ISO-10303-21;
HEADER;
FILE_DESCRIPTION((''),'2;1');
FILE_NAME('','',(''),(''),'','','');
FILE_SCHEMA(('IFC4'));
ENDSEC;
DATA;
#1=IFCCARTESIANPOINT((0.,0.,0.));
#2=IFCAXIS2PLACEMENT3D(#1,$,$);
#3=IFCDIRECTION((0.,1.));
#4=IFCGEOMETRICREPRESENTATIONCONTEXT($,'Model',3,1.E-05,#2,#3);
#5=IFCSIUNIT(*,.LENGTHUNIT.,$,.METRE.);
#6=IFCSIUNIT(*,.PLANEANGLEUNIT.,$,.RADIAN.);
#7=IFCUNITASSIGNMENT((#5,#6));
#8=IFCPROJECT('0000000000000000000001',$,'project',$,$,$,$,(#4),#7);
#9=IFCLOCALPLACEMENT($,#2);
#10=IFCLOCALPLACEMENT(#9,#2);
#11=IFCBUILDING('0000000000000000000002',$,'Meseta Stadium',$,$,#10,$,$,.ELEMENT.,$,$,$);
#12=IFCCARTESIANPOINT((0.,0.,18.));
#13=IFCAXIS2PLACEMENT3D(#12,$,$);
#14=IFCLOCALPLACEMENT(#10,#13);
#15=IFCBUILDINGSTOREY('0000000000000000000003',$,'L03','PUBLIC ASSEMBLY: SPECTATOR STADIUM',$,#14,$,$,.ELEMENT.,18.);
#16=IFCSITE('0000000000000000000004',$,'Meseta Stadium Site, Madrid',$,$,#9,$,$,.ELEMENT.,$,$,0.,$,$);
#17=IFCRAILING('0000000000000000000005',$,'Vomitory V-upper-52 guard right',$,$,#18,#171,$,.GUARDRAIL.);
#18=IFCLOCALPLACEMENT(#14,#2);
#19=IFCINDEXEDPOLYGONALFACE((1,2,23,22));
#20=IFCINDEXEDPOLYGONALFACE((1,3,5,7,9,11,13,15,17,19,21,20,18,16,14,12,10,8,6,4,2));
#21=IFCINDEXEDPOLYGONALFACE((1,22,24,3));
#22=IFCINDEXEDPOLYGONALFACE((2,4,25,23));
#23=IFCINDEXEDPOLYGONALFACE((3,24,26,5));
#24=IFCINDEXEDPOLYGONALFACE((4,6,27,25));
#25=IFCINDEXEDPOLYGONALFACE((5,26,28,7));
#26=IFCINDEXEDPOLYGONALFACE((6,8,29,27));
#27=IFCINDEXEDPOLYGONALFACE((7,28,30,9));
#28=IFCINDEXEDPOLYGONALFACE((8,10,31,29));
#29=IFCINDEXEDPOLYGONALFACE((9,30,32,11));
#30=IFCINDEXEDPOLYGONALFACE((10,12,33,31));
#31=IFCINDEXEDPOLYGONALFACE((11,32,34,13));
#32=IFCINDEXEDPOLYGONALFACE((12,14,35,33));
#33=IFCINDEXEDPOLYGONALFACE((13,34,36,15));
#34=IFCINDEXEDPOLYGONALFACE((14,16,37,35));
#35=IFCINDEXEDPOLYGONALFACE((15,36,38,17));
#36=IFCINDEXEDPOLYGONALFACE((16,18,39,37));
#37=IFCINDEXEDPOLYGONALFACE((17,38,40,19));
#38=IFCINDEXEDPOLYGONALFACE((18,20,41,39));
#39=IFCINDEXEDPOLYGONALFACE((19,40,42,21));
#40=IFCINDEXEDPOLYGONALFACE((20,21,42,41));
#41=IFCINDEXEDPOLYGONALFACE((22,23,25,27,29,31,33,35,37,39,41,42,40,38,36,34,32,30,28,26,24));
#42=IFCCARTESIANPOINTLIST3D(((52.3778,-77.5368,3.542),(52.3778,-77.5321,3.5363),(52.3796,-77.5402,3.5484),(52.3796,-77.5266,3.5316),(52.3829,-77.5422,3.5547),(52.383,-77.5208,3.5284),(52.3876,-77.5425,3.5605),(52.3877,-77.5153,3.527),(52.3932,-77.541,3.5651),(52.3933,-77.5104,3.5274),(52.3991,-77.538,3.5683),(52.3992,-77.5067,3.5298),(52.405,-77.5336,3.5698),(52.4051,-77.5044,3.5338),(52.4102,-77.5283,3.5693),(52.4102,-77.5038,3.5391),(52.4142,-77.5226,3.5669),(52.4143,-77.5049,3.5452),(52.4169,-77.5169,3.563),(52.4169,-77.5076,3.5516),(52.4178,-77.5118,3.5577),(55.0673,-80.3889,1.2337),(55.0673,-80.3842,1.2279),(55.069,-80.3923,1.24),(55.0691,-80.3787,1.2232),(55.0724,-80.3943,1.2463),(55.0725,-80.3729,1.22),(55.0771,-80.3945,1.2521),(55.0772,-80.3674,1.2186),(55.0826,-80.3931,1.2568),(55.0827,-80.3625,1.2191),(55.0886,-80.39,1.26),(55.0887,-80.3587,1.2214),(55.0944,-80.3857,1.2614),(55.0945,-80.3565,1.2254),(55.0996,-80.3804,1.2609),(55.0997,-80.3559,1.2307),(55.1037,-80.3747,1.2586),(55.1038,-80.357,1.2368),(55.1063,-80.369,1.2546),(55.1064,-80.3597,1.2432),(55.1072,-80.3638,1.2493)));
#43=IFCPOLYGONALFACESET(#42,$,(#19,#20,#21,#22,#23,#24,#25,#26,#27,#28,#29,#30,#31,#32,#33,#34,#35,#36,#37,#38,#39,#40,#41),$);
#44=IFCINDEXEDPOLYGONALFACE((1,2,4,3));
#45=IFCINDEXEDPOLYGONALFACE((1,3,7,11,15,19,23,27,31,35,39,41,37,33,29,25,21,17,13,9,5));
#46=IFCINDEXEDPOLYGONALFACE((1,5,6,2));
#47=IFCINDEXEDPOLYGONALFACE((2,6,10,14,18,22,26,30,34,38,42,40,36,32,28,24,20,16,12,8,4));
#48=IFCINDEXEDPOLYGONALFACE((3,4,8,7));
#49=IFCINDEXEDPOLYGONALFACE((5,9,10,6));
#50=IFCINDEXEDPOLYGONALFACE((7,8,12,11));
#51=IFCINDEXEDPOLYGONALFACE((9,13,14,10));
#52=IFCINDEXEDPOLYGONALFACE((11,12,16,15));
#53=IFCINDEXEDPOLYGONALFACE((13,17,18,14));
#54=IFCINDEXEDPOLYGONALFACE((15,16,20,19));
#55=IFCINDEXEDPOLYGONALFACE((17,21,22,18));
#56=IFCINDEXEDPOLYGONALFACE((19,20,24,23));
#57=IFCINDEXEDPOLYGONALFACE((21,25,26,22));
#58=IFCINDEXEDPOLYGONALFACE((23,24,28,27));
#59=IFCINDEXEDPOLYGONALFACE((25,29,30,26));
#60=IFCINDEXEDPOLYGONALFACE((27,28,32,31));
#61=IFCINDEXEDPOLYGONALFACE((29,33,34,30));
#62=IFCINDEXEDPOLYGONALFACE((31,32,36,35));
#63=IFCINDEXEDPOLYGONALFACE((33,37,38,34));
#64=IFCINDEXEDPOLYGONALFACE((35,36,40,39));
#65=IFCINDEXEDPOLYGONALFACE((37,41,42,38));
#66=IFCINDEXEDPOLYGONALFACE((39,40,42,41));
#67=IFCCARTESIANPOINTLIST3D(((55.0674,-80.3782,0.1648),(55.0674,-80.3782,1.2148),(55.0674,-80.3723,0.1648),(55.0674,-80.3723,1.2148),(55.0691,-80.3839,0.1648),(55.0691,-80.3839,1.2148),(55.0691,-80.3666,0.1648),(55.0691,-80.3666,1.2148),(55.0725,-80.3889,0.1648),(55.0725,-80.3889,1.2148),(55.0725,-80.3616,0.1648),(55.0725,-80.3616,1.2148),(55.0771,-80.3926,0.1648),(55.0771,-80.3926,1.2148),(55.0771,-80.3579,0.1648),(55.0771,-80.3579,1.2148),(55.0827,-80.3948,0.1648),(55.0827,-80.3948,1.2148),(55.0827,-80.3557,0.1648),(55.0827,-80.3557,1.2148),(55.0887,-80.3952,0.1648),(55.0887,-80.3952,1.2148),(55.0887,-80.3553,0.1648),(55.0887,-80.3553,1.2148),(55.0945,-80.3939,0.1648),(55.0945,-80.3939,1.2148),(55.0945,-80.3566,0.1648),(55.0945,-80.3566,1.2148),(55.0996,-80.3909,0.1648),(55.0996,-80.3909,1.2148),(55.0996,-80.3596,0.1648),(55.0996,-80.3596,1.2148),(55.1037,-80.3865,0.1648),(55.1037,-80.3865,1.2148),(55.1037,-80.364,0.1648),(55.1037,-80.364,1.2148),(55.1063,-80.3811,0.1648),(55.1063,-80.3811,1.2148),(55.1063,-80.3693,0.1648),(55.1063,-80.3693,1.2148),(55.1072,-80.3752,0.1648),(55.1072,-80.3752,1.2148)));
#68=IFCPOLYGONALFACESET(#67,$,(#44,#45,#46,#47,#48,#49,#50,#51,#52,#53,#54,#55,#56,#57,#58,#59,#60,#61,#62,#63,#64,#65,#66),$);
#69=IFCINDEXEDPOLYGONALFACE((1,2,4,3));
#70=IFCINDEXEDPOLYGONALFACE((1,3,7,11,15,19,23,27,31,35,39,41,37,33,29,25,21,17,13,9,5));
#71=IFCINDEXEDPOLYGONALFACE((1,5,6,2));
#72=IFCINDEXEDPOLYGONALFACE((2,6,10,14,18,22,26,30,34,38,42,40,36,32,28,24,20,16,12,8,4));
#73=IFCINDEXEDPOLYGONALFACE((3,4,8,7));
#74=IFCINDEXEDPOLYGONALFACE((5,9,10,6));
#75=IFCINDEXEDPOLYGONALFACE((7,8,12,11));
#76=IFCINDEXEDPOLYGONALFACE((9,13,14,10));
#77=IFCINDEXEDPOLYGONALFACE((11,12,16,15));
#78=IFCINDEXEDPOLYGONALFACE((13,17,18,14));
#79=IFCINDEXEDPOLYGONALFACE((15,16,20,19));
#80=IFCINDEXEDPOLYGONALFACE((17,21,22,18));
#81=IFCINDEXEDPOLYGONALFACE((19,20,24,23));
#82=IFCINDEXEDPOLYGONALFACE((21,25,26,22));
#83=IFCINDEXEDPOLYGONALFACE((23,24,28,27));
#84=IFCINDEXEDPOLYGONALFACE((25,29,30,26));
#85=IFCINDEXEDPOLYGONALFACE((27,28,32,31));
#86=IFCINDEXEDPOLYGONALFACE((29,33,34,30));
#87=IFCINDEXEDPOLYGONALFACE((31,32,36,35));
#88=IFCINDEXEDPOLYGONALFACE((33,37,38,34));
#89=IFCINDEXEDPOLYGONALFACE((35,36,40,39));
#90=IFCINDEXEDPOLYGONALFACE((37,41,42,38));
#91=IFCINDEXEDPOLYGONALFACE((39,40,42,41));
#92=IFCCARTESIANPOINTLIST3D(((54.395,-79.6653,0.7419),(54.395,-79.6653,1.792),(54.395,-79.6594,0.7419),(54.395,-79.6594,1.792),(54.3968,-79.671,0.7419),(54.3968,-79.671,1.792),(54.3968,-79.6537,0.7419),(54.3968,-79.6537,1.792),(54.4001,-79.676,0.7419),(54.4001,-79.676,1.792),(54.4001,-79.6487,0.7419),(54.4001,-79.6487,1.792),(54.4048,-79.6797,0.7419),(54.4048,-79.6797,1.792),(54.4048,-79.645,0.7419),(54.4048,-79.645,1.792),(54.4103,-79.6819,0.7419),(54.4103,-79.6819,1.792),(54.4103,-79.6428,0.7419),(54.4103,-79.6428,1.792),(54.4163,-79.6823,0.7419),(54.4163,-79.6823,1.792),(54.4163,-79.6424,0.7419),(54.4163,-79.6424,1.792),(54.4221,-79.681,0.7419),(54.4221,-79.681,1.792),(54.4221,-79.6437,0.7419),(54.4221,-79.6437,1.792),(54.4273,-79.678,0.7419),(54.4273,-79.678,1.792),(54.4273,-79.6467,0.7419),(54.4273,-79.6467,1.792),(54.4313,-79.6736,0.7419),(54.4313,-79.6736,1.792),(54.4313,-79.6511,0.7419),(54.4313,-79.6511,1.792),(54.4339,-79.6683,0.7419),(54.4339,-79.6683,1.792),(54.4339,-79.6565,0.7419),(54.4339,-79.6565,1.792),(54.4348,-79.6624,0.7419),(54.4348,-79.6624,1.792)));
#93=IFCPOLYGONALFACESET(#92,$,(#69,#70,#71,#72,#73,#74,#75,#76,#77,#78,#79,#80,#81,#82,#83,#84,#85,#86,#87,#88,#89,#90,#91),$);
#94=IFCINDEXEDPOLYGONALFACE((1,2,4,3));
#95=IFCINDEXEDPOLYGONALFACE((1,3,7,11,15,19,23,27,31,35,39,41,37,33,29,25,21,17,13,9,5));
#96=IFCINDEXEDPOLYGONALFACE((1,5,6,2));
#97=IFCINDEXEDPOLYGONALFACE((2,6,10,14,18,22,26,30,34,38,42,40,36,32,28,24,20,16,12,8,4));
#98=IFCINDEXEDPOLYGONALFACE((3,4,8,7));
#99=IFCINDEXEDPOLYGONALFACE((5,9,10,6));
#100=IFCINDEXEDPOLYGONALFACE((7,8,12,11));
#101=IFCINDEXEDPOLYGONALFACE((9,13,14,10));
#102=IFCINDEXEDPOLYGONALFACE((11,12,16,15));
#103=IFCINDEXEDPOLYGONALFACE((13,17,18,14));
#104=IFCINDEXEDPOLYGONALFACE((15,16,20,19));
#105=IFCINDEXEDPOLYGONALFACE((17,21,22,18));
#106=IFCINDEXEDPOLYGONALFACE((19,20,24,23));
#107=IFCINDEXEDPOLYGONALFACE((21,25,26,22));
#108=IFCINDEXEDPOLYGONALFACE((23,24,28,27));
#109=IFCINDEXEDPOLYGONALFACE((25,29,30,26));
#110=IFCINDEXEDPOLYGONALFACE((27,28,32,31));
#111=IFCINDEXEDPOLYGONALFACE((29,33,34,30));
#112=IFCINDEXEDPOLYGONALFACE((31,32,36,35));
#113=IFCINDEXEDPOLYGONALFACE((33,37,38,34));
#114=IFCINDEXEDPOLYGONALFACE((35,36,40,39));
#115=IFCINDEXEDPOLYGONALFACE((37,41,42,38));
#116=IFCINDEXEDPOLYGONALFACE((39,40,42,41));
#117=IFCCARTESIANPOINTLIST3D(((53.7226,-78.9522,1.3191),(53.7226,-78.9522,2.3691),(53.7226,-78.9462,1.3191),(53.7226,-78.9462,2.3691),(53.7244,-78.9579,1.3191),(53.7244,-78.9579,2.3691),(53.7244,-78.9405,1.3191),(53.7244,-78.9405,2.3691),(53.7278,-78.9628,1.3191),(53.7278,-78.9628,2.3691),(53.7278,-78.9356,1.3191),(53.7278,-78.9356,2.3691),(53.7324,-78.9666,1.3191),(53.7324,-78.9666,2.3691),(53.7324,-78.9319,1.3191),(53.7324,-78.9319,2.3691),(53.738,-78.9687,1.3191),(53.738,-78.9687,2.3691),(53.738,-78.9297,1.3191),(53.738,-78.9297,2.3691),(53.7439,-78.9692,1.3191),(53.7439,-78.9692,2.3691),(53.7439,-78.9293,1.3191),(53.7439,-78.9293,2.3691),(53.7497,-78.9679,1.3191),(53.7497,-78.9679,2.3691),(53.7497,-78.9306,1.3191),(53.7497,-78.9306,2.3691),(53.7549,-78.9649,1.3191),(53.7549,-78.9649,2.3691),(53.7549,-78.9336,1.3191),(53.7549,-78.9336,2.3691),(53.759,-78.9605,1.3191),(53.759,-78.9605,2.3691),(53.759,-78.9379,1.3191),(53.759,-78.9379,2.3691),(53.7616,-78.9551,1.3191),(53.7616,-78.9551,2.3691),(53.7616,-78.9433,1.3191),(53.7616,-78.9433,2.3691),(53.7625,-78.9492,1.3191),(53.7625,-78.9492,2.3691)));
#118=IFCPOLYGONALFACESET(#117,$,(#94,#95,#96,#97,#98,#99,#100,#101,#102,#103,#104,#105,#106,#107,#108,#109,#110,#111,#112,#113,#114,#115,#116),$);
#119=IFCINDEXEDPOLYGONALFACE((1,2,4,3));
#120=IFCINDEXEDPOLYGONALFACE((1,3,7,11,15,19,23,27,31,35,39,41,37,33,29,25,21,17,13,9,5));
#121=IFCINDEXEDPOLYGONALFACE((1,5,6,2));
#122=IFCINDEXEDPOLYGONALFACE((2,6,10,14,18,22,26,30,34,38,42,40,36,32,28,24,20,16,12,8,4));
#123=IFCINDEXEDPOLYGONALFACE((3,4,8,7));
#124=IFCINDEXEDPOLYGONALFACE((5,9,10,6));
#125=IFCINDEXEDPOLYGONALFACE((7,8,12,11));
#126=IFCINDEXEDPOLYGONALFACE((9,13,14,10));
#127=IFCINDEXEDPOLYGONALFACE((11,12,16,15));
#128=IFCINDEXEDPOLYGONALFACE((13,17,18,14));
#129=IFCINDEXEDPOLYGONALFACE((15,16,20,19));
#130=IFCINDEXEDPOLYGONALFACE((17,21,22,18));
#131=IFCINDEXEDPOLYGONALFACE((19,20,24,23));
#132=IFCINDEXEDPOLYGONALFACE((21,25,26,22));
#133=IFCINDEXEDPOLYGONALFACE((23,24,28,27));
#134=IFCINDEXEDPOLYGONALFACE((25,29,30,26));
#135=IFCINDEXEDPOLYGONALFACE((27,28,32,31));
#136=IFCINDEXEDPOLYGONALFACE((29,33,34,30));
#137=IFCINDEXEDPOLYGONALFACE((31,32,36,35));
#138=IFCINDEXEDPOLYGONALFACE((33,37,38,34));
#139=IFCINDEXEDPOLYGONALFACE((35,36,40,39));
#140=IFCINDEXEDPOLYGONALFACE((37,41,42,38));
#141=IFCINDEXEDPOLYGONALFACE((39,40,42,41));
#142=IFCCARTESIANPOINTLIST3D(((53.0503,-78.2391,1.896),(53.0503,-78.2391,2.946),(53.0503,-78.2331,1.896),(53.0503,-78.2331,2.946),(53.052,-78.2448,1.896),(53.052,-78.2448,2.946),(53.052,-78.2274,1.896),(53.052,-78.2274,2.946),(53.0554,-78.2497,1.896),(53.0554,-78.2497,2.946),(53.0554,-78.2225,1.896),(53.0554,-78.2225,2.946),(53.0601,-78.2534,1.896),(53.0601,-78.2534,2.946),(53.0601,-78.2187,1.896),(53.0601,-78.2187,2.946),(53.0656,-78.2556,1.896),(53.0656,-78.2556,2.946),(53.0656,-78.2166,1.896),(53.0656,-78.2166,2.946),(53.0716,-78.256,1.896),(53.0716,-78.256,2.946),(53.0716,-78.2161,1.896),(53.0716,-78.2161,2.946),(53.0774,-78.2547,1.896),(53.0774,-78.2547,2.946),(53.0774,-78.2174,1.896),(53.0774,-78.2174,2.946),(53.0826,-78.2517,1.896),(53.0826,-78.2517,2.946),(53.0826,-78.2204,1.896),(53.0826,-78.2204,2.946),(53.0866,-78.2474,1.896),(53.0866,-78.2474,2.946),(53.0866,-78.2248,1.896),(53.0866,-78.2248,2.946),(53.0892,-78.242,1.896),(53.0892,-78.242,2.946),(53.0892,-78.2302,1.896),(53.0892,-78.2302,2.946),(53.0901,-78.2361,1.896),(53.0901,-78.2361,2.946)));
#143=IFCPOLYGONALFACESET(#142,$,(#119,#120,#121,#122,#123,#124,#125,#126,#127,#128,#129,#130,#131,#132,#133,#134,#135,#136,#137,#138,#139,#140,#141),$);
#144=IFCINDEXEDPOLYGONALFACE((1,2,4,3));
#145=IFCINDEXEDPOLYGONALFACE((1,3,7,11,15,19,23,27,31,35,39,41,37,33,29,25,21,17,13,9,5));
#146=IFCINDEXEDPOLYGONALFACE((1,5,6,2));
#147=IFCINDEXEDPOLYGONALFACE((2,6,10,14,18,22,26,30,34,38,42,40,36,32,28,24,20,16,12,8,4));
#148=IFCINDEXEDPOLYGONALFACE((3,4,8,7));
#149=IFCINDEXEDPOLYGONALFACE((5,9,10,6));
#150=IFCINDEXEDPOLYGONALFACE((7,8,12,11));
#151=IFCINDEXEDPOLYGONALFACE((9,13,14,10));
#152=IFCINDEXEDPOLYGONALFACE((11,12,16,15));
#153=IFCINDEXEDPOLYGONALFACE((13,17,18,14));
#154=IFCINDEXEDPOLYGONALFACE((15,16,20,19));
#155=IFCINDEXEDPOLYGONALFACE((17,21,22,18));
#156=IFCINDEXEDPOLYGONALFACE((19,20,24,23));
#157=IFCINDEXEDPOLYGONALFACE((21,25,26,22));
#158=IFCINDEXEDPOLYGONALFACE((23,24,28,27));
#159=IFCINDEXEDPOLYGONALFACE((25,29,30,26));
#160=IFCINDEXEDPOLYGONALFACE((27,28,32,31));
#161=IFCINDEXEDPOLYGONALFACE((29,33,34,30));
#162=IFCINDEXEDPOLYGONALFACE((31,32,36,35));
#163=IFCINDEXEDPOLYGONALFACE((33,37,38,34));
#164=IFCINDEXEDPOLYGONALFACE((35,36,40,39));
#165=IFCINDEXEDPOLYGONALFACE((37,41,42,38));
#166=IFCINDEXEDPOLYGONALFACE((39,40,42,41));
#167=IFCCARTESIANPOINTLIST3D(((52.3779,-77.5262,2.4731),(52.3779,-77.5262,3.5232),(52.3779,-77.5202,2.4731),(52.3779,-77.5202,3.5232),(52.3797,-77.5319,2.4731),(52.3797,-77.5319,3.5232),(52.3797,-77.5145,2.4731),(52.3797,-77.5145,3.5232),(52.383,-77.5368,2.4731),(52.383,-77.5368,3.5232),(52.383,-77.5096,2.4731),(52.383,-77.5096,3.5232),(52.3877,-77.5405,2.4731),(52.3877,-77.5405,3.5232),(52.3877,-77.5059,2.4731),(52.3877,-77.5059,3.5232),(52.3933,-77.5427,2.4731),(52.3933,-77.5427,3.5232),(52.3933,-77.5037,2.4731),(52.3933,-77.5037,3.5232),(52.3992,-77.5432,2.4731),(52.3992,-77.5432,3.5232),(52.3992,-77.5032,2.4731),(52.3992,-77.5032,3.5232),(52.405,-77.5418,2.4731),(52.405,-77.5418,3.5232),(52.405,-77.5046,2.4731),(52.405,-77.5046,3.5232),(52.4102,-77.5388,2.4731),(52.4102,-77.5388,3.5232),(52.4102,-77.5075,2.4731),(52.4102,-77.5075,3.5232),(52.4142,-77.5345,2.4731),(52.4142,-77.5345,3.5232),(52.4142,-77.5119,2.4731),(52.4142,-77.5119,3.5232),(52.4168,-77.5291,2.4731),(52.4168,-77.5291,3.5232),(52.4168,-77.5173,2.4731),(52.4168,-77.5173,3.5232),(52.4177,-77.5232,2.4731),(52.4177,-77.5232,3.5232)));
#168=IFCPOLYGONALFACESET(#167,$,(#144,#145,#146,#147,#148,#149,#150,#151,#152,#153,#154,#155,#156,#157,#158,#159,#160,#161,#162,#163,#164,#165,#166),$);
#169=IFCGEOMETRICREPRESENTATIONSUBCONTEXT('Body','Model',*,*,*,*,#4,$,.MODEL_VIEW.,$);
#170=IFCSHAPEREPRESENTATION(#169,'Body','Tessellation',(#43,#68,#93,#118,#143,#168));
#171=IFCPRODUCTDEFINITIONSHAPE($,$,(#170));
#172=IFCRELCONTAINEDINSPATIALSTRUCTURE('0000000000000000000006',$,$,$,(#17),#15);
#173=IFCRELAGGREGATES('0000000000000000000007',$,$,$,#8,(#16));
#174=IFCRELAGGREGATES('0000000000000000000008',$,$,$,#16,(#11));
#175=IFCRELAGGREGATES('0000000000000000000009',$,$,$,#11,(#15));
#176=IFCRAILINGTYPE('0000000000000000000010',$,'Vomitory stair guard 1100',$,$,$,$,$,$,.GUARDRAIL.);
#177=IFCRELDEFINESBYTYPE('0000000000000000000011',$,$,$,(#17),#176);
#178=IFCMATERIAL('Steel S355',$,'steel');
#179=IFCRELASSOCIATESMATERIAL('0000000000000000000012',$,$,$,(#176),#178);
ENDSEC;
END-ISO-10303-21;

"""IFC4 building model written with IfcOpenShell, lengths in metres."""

from ifc_helpers import new_model, si_unit, direction, frame, origin, origin_2d, place, context, subcontext, project, spatial, circle, extrude, material, type_object, element, save


model = new_model("IFC4")

# Units and contexts
model_context = context("Model", 3, precision=1e-05, world=origin(), true_north=direction((0.0, 1.0)))
body_context = subcontext(model_context, "Body", "Model", "MODEL_VIEW")
ifc_project = project(units=[si_unit("LENGTHUNIT", "METRE"), si_unit("PLANEANGLEUNIT", "RADIAN")], contexts=[model_context])

# Site, building, storey
site_placement = place(None, origin())
site = spatial("IfcSite", under=ifc_project, at=site_placement, Name="Meseta Stadium Site, Madrid", CompositionType="ELEMENT", RefElevation=0.0)
building_placement = place(site_placement, origin())
building = spatial("IfcBuilding", under=site, at=building_placement, Name="Meseta Stadium", CompositionType="ELEMENT")
storey_placement = place(building_placement, frame((0.0, 0.0, 18.0)))
storey = spatial("IfcBuildingStorey", under=building, at=storey_placement, Name="L03", Description="PUBLIC ASSEMBLY: SPECTATOR STADIUM", CompositionType="ELEMENT", Elevation=18.0)

# Railing
ifc_material_1 = material(Name="Steel S355", Category="steel")
railing_type_1 = type_object("IfcRailingType", Name="Vomitory stair guard 1100", PredefinedType="GUARDRAIL", material=ifc_material_1)
railing_1_placement = place(storey_placement, frame((55.0872, -80.3752, 0.1648)))
element("IfcRailing", 1, at=railing_1_placement, inside=storey, type_object=railing_type_1, Name="Vomitory V-upper-52 guard right", PredefinedType="GUARDRAIL", context=body_context, shape_type="SweptSolid", body=[
    extrude(circle(Radius=0.0249, at=origin_2d()), frame((0.0, 0.0, 1.0752), z_axis=(-0.591184, 0.626925, 0.507411), x_axis=(-0.727541, -0.686064, 0.0)), (0.0, 0.0, 1.0), 4.5493),
    extrude(circle(Radius=0.02, at=origin_2d()), origin(), (0.0, 0.0, 1.0), 1.05),
    extrude(circle(Radius=0.02, at=origin_2d()), frame((-0.6724, 0.7129, 0.5771)), (0.0, 0.0, 1.0), 1.05),
    extrude(circle(Radius=0.02, at=origin_2d()), frame((-1.3447, 1.426, 1.1543)), (0.0, 0.0, 1.0), 1.05),
    extrude(circle(Radius=0.02, at=origin_2d()), frame((-2.0171, 2.1392, 1.7312)), (0.0, 0.0, 1.0), 1.05),
    extrude(circle(Radius=0.02, at=origin_2d()), frame((-2.6895, 2.8521, 2.3083)), (0.0, 0.0, 1.0), 1.05),
])

save(model, "model.ifc")
